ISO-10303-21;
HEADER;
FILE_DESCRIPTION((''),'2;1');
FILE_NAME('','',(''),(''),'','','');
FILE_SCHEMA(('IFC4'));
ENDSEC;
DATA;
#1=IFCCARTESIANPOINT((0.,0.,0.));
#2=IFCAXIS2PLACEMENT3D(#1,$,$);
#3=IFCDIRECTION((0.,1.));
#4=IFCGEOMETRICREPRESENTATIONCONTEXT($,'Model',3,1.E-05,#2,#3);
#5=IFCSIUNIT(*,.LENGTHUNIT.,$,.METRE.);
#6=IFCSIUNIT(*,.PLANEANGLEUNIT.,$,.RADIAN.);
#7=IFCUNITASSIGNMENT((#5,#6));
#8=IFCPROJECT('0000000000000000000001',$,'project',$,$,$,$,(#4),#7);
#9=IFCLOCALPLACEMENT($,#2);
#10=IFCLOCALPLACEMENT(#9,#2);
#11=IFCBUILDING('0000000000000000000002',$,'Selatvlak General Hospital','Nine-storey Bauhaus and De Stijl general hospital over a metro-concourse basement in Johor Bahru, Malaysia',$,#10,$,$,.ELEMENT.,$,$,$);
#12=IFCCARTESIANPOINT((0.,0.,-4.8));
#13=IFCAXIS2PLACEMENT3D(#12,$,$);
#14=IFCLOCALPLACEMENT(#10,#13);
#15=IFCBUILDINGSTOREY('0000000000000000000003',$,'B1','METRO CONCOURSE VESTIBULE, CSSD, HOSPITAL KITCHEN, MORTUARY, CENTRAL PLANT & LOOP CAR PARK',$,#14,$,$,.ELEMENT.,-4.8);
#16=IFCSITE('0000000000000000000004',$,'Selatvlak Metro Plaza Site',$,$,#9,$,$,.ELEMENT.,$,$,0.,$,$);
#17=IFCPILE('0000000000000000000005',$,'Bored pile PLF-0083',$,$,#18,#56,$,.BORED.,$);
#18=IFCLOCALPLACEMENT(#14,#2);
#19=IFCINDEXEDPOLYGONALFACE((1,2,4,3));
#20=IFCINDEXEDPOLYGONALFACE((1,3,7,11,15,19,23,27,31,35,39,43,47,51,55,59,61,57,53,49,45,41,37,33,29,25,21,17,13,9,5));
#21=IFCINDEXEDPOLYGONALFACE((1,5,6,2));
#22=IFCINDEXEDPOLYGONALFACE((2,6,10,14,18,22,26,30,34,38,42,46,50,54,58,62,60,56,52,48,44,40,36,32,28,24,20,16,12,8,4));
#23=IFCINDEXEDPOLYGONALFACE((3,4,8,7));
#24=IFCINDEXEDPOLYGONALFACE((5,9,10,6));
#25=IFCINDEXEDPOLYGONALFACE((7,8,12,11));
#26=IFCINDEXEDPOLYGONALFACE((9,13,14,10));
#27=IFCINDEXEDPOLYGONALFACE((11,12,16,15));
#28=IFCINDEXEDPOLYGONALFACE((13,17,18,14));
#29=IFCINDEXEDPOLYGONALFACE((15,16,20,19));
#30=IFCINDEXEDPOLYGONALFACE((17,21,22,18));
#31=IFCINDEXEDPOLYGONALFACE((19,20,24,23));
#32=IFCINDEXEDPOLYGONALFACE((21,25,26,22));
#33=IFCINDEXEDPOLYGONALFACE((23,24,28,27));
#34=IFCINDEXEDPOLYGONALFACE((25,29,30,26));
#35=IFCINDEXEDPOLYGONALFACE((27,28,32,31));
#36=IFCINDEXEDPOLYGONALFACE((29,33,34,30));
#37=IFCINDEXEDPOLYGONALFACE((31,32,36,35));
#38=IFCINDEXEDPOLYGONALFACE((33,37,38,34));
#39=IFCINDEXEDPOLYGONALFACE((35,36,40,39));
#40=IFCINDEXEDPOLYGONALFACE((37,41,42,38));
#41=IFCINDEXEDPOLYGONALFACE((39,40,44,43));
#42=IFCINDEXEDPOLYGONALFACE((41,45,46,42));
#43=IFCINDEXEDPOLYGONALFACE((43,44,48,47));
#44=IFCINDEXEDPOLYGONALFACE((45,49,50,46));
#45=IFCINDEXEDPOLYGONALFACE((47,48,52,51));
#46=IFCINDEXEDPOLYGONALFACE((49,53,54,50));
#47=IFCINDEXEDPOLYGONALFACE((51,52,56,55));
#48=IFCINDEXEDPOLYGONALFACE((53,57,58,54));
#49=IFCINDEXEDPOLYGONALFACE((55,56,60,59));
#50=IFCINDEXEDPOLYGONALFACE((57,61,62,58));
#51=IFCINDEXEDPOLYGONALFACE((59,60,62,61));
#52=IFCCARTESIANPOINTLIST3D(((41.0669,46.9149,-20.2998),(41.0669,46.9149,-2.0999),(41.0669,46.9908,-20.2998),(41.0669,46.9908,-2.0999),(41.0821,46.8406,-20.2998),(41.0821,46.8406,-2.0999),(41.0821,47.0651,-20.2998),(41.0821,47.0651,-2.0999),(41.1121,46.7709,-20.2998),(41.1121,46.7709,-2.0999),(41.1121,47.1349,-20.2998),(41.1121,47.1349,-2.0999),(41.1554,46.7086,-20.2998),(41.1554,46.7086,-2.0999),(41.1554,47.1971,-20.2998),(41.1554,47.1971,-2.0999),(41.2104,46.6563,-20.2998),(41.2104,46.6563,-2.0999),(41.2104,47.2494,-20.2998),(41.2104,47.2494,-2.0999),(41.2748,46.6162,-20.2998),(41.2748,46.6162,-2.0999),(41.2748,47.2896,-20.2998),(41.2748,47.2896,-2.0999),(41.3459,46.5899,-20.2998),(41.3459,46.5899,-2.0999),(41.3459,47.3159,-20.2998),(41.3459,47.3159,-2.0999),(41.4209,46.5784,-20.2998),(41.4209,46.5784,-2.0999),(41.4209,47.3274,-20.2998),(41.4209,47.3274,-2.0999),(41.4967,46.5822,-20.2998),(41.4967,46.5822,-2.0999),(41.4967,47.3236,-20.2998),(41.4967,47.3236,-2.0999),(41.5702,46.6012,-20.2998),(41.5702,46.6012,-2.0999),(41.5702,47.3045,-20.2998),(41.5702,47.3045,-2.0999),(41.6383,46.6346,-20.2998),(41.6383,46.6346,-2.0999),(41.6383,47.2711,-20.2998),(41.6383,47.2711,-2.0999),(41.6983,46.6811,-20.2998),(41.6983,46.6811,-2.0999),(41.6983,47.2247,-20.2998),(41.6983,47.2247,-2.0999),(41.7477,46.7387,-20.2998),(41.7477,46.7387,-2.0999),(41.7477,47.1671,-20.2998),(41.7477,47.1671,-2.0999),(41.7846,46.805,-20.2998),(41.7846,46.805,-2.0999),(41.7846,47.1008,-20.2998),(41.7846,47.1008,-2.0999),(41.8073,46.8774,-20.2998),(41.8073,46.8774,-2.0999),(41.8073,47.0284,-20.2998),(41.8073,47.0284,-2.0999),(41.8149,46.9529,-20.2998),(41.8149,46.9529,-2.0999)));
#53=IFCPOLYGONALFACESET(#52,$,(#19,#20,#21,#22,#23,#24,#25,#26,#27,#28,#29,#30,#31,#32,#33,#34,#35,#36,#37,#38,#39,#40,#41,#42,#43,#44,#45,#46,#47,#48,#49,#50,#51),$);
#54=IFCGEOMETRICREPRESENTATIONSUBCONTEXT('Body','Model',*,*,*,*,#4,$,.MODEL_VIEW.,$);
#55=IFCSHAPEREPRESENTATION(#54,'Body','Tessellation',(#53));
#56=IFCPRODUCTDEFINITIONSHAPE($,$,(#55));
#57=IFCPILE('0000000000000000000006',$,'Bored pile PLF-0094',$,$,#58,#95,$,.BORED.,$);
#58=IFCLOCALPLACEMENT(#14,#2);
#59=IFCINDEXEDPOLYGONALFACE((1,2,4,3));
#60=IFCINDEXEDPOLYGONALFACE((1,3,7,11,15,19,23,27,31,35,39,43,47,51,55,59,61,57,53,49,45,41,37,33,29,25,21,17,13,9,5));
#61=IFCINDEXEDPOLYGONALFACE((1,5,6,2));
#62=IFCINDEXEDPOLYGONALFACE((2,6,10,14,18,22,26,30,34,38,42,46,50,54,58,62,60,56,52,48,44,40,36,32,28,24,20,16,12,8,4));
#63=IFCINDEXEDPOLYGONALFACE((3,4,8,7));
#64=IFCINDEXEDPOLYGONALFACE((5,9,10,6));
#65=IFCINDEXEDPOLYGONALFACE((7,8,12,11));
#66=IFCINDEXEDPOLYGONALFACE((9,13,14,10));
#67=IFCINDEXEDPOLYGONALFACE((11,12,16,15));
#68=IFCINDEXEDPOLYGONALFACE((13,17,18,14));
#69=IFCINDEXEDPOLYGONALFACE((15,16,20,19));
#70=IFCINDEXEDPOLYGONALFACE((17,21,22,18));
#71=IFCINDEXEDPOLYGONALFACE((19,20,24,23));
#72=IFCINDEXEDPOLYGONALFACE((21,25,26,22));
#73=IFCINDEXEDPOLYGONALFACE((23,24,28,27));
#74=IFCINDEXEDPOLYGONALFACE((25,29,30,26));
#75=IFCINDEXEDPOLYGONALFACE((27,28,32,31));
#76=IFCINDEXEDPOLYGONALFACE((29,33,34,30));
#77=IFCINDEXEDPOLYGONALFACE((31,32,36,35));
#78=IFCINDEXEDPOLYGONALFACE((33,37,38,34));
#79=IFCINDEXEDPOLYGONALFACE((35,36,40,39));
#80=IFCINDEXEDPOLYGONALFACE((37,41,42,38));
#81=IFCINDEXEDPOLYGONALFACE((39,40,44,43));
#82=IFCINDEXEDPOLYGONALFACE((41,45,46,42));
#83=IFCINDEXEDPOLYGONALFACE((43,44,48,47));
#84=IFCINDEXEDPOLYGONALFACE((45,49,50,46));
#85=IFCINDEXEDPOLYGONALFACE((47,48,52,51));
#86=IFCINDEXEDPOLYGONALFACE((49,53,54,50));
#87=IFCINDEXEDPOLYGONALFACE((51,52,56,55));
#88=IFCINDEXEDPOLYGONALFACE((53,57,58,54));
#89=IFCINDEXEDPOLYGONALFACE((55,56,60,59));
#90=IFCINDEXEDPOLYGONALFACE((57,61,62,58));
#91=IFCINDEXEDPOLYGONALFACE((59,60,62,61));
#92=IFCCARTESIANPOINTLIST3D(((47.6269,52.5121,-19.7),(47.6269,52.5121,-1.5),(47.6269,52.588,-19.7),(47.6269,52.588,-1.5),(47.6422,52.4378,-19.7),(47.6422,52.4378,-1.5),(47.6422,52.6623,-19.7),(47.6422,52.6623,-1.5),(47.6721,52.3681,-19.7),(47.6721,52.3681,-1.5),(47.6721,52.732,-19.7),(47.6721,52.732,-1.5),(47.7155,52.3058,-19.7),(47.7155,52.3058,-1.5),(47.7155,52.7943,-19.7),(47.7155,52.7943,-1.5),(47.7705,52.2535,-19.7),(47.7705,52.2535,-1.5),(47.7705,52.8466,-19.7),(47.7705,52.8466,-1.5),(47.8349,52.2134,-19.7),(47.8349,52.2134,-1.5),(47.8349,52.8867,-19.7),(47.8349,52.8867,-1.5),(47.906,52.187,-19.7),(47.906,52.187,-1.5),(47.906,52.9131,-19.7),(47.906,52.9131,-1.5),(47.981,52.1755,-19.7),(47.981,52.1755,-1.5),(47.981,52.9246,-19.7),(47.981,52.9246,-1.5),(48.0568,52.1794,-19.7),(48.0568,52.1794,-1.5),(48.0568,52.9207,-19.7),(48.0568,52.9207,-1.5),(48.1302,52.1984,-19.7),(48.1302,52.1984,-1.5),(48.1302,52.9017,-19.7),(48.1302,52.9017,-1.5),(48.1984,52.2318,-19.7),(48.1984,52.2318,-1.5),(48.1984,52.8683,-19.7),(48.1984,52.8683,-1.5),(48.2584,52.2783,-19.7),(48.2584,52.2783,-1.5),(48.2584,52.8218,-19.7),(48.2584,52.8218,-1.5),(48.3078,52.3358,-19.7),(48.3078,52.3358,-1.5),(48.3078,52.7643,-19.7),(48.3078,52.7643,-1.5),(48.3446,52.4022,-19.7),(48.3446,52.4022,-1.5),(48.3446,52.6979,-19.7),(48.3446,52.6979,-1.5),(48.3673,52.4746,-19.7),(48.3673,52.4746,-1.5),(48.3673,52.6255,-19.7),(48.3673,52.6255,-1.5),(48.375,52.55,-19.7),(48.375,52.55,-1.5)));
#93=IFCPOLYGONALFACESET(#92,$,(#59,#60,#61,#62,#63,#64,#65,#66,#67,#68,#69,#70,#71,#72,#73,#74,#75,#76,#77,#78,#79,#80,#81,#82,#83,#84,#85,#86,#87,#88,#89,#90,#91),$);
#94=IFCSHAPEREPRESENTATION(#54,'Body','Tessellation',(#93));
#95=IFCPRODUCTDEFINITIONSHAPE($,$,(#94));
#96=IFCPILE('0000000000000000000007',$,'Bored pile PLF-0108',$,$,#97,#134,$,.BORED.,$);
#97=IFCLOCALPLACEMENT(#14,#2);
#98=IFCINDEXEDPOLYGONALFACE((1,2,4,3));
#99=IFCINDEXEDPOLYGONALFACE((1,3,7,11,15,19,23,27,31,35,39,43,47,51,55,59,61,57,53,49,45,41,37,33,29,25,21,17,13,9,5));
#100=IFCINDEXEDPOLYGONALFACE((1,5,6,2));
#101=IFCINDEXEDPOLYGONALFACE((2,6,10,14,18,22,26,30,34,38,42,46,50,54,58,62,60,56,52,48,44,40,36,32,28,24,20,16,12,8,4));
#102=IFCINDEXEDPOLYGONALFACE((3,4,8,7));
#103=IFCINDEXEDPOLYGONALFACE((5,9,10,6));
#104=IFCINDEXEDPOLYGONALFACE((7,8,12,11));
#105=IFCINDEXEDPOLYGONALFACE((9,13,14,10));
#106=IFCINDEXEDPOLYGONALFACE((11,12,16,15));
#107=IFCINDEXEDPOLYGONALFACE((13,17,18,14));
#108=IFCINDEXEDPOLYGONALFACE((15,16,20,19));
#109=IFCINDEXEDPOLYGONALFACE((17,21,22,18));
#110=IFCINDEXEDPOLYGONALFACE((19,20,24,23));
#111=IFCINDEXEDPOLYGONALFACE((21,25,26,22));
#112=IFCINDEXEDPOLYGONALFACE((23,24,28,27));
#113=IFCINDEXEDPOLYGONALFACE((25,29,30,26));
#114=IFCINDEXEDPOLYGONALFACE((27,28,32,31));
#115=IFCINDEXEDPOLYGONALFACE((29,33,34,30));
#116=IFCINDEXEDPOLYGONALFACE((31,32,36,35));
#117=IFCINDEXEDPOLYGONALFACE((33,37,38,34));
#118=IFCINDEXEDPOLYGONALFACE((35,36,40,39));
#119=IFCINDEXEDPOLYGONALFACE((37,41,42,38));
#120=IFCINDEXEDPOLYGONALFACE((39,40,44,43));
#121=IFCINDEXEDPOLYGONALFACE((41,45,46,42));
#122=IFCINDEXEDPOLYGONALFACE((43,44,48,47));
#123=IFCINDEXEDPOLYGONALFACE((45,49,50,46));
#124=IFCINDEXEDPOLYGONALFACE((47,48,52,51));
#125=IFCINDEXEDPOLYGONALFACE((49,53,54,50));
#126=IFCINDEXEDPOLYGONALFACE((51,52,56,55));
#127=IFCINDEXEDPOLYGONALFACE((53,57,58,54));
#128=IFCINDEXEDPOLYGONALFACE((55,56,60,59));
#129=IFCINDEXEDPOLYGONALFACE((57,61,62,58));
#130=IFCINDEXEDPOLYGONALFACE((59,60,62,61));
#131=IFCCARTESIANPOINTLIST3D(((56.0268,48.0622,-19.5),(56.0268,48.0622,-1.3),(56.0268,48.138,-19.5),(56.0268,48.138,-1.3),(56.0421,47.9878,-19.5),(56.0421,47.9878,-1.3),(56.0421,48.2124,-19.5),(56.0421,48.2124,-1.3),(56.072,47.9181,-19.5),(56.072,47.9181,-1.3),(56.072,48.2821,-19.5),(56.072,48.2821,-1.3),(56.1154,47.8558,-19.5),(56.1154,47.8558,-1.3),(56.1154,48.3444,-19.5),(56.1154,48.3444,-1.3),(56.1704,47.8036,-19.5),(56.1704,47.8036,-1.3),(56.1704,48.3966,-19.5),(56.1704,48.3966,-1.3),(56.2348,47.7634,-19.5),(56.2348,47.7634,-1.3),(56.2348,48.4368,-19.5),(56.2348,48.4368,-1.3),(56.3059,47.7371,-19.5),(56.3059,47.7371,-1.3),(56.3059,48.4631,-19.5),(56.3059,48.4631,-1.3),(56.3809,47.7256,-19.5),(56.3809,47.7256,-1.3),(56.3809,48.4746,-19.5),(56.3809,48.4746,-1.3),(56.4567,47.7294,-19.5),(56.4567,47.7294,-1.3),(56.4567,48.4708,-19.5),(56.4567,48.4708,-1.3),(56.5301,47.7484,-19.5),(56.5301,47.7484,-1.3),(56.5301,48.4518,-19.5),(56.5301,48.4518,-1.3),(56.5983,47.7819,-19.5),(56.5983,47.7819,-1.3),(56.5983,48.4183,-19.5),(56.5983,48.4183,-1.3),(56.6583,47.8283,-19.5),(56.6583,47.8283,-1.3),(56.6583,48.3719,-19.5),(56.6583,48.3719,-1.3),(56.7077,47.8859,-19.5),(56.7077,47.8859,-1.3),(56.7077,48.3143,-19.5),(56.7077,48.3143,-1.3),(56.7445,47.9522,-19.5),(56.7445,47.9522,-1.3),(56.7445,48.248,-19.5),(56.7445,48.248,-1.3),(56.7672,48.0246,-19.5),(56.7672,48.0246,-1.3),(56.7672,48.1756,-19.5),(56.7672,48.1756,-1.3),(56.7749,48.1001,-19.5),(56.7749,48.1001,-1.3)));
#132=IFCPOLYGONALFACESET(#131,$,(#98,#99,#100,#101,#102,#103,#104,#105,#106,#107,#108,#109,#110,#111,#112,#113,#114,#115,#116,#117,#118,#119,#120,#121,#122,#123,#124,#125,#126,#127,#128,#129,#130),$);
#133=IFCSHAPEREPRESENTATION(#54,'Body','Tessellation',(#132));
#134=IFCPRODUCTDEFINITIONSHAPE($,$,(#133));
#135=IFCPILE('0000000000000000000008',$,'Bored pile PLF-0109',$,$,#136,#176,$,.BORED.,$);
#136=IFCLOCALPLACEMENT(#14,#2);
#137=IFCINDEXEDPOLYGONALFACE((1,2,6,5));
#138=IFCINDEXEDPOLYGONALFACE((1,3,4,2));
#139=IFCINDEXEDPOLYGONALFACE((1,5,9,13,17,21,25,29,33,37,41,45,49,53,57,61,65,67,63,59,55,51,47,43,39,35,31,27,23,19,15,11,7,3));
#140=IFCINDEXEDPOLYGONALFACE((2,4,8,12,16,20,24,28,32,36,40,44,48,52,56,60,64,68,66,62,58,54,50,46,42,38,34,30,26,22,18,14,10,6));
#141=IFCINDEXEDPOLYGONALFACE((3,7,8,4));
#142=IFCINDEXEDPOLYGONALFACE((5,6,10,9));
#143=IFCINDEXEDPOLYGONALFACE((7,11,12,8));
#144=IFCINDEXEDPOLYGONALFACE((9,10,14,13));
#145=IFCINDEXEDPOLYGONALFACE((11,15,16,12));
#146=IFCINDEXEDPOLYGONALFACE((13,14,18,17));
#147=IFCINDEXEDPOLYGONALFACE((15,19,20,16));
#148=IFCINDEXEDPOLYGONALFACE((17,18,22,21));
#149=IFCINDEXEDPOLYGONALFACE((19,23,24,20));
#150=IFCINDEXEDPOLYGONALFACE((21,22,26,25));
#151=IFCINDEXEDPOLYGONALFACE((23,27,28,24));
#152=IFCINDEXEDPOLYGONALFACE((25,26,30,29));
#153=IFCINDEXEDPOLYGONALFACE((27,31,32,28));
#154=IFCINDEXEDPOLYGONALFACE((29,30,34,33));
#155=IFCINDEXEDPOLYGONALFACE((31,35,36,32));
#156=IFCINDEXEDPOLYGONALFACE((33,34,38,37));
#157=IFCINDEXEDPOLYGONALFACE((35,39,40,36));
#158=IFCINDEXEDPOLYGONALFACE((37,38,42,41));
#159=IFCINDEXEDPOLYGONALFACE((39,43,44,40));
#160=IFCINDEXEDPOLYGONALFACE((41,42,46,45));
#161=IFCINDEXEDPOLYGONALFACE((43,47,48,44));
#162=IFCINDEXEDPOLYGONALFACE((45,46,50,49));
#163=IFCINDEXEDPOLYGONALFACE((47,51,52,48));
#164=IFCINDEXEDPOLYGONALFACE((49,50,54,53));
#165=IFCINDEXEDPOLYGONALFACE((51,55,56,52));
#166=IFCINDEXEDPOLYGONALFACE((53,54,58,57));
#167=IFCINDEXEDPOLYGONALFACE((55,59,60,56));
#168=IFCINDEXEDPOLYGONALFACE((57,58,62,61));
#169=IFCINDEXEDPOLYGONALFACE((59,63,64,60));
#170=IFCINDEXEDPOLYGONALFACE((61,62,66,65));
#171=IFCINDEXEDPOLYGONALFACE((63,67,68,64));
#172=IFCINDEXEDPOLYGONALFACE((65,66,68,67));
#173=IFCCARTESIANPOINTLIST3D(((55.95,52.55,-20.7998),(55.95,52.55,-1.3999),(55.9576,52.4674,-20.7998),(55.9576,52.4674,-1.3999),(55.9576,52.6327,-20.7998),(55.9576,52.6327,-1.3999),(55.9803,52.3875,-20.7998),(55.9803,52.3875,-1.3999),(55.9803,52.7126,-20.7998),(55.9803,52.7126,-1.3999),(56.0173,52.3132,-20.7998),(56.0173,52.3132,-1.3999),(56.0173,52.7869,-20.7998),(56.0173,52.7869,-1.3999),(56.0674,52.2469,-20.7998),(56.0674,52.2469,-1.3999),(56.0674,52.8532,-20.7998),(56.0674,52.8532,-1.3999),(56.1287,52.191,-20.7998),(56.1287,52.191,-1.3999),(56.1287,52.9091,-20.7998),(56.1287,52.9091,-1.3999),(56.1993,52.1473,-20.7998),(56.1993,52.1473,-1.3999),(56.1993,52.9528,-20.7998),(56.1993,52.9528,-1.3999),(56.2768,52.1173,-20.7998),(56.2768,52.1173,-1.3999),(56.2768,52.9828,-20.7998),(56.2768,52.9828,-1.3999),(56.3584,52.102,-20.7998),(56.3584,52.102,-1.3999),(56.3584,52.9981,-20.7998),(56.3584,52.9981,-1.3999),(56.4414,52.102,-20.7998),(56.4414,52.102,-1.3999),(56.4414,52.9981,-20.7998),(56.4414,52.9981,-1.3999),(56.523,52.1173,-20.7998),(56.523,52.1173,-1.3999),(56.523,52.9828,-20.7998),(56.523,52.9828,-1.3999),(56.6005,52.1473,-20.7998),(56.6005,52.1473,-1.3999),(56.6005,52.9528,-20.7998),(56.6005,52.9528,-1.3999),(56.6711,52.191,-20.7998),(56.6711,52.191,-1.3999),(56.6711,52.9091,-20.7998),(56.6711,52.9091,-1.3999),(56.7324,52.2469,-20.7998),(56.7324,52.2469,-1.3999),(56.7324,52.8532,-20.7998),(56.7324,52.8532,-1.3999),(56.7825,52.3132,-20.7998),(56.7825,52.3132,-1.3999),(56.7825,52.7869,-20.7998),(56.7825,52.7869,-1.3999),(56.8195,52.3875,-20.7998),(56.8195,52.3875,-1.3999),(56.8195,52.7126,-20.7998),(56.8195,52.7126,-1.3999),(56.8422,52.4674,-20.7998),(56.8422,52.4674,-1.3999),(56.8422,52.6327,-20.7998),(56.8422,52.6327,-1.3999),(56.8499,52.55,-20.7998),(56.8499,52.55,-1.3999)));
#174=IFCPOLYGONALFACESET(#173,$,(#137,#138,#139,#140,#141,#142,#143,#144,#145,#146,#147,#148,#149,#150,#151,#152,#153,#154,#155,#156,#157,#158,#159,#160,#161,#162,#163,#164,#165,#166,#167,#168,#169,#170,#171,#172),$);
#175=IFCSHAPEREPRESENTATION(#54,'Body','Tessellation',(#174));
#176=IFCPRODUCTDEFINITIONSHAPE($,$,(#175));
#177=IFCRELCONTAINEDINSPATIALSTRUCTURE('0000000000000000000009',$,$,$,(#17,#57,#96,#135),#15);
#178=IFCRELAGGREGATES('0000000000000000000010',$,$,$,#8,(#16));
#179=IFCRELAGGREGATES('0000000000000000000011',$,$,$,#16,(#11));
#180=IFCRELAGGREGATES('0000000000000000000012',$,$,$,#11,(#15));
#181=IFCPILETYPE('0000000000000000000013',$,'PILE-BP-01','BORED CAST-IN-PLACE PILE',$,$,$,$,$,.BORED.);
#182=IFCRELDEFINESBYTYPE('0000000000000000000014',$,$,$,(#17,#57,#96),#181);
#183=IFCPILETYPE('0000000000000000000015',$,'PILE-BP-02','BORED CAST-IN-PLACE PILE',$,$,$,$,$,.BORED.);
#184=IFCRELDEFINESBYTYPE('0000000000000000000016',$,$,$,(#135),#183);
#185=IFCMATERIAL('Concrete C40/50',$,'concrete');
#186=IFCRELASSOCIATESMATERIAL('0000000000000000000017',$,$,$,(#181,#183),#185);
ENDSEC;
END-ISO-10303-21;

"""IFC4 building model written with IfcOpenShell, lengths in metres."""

from ifc_helpers import new_model, si_unit, direction, frame, origin, origin_2d, place, context, subcontext, project, spatial, circle, extrude, material, material_profile, profile_set, type_object, element, save


model = new_model("IFC4")

# Units and contexts
model_context = context("Model", 3, precision=1e-05, world=origin(), true_north=direction((0.0, 1.0)))
body_context = subcontext(model_context, "Body", "Model", "MODEL_VIEW")
ifc_project = project(units=[si_unit("LENGTHUNIT", "METRE"), si_unit("PLANEANGLEUNIT", "RADIAN")], contexts=[model_context])

# Site, building, storey
site_placement = place(None, origin())
site = spatial("IfcSite", under=ifc_project, at=site_placement, Name="Selatvlak Metro Plaza Site", CompositionType="ELEMENT", RefElevation=0.0)
building_placement = place(site_placement, origin())
building = spatial("IfcBuilding", under=site, at=building_placement, Name="Selatvlak General Hospital", Description="Nine-storey Bauhaus and De Stijl general hospital over a metro-concourse basement in Johor Bahru, Malaysia", CompositionType="ELEMENT")
storey_placement = place(building_placement, frame((0.0, 0.0, -4.8)))
storey = spatial("IfcBuildingStorey", under=building, at=storey_placement, Name="B1", Description="METRO CONCOURSE VESTIBULE, CSSD, HOSPITAL KITCHEN, MORTUARY, CENTRAL PLANT & LOOP CAR PARK", CompositionType="ELEMENT", Elevation=-4.8)

# Shared definitions
ifc_material_1 = material(Name="Concrete C40/50", Category="concrete")

# Piles
ifc_material_profile_1 = material_profile(ifc_material_1, circle(Radius=0.375, at=origin_2d()), Name="BORED PILE 750")
ifc_profile_set_1 = profile_set([ifc_material_profile_1], Name="Concrete C40/50")
pile_type_1 = type_object("IfcPileType", Name="PILE-BP-01", Description="BORED CAST-IN-PLACE PILE", PredefinedType="BORED", material=ifc_profile_set_1)
for number, where, z_axis, x_axis, name in (
    (1, (41.4399, 46.9529, -2.0999), (0.0, 0.0, -1.0), (1.0, 0.0, 0.0), "Bored pile PLF-0083"),
    (2, (48.0, 52.55, -1.5), (0.0, 0.0, -1.0), (1.0, 0.0, 0.0), "Bored pile PLF-0094"),
    (3, (56.3999, 48.1001, -1.3), (0.0, 0.0, -1.0), (1.0, 0.0, 0.0), "Bored pile PLF-0108"),
):
    element("IfcPile", number, at=place(storey_placement, frame(where, z_axis=z_axis, x_axis=x_axis)), inside=storey, type_object=pile_type_1, Name=name, PredefinedType="BORED", context=body_context, shape_type="SweptSolid", body=[
        extrude(circle(Radius=0.375, at=origin_2d()), origin(), (0.0, 0.0, 1.0), 18.2),
    ])
ifc_material_profile_2 = material_profile(ifc_material_1, circle(Radius=0.45, at=origin_2d()), Name="BORED PILE 900")
ifc_profile_set_2 = profile_set([ifc_material_profile_2], Name="Concrete C40/50")
pile_type_2 = type_object("IfcPileType", Name="PILE-BP-02", Description="BORED CAST-IN-PLACE PILE", PredefinedType="BORED", material=ifc_profile_set_2)
pile_1_placement = place(storey_placement, frame((56.3999, 52.55, -1.3999), z_axis=(0.0, 0.0, -1.0), x_axis=(1.0, 0.0, 0.0)))
element("IfcPile", 4, at=pile_1_placement, inside=storey, type_object=pile_type_2, Name="Bored pile PLF-0109", PredefinedType="BORED", context=body_context, shape_type="SweptSolid", body=[
    extrude(circle(Radius=0.45, at=origin_2d()), origin(), (0.0, 0.0, 1.0), 19.3999),
])

save(model, "model.ifc")
